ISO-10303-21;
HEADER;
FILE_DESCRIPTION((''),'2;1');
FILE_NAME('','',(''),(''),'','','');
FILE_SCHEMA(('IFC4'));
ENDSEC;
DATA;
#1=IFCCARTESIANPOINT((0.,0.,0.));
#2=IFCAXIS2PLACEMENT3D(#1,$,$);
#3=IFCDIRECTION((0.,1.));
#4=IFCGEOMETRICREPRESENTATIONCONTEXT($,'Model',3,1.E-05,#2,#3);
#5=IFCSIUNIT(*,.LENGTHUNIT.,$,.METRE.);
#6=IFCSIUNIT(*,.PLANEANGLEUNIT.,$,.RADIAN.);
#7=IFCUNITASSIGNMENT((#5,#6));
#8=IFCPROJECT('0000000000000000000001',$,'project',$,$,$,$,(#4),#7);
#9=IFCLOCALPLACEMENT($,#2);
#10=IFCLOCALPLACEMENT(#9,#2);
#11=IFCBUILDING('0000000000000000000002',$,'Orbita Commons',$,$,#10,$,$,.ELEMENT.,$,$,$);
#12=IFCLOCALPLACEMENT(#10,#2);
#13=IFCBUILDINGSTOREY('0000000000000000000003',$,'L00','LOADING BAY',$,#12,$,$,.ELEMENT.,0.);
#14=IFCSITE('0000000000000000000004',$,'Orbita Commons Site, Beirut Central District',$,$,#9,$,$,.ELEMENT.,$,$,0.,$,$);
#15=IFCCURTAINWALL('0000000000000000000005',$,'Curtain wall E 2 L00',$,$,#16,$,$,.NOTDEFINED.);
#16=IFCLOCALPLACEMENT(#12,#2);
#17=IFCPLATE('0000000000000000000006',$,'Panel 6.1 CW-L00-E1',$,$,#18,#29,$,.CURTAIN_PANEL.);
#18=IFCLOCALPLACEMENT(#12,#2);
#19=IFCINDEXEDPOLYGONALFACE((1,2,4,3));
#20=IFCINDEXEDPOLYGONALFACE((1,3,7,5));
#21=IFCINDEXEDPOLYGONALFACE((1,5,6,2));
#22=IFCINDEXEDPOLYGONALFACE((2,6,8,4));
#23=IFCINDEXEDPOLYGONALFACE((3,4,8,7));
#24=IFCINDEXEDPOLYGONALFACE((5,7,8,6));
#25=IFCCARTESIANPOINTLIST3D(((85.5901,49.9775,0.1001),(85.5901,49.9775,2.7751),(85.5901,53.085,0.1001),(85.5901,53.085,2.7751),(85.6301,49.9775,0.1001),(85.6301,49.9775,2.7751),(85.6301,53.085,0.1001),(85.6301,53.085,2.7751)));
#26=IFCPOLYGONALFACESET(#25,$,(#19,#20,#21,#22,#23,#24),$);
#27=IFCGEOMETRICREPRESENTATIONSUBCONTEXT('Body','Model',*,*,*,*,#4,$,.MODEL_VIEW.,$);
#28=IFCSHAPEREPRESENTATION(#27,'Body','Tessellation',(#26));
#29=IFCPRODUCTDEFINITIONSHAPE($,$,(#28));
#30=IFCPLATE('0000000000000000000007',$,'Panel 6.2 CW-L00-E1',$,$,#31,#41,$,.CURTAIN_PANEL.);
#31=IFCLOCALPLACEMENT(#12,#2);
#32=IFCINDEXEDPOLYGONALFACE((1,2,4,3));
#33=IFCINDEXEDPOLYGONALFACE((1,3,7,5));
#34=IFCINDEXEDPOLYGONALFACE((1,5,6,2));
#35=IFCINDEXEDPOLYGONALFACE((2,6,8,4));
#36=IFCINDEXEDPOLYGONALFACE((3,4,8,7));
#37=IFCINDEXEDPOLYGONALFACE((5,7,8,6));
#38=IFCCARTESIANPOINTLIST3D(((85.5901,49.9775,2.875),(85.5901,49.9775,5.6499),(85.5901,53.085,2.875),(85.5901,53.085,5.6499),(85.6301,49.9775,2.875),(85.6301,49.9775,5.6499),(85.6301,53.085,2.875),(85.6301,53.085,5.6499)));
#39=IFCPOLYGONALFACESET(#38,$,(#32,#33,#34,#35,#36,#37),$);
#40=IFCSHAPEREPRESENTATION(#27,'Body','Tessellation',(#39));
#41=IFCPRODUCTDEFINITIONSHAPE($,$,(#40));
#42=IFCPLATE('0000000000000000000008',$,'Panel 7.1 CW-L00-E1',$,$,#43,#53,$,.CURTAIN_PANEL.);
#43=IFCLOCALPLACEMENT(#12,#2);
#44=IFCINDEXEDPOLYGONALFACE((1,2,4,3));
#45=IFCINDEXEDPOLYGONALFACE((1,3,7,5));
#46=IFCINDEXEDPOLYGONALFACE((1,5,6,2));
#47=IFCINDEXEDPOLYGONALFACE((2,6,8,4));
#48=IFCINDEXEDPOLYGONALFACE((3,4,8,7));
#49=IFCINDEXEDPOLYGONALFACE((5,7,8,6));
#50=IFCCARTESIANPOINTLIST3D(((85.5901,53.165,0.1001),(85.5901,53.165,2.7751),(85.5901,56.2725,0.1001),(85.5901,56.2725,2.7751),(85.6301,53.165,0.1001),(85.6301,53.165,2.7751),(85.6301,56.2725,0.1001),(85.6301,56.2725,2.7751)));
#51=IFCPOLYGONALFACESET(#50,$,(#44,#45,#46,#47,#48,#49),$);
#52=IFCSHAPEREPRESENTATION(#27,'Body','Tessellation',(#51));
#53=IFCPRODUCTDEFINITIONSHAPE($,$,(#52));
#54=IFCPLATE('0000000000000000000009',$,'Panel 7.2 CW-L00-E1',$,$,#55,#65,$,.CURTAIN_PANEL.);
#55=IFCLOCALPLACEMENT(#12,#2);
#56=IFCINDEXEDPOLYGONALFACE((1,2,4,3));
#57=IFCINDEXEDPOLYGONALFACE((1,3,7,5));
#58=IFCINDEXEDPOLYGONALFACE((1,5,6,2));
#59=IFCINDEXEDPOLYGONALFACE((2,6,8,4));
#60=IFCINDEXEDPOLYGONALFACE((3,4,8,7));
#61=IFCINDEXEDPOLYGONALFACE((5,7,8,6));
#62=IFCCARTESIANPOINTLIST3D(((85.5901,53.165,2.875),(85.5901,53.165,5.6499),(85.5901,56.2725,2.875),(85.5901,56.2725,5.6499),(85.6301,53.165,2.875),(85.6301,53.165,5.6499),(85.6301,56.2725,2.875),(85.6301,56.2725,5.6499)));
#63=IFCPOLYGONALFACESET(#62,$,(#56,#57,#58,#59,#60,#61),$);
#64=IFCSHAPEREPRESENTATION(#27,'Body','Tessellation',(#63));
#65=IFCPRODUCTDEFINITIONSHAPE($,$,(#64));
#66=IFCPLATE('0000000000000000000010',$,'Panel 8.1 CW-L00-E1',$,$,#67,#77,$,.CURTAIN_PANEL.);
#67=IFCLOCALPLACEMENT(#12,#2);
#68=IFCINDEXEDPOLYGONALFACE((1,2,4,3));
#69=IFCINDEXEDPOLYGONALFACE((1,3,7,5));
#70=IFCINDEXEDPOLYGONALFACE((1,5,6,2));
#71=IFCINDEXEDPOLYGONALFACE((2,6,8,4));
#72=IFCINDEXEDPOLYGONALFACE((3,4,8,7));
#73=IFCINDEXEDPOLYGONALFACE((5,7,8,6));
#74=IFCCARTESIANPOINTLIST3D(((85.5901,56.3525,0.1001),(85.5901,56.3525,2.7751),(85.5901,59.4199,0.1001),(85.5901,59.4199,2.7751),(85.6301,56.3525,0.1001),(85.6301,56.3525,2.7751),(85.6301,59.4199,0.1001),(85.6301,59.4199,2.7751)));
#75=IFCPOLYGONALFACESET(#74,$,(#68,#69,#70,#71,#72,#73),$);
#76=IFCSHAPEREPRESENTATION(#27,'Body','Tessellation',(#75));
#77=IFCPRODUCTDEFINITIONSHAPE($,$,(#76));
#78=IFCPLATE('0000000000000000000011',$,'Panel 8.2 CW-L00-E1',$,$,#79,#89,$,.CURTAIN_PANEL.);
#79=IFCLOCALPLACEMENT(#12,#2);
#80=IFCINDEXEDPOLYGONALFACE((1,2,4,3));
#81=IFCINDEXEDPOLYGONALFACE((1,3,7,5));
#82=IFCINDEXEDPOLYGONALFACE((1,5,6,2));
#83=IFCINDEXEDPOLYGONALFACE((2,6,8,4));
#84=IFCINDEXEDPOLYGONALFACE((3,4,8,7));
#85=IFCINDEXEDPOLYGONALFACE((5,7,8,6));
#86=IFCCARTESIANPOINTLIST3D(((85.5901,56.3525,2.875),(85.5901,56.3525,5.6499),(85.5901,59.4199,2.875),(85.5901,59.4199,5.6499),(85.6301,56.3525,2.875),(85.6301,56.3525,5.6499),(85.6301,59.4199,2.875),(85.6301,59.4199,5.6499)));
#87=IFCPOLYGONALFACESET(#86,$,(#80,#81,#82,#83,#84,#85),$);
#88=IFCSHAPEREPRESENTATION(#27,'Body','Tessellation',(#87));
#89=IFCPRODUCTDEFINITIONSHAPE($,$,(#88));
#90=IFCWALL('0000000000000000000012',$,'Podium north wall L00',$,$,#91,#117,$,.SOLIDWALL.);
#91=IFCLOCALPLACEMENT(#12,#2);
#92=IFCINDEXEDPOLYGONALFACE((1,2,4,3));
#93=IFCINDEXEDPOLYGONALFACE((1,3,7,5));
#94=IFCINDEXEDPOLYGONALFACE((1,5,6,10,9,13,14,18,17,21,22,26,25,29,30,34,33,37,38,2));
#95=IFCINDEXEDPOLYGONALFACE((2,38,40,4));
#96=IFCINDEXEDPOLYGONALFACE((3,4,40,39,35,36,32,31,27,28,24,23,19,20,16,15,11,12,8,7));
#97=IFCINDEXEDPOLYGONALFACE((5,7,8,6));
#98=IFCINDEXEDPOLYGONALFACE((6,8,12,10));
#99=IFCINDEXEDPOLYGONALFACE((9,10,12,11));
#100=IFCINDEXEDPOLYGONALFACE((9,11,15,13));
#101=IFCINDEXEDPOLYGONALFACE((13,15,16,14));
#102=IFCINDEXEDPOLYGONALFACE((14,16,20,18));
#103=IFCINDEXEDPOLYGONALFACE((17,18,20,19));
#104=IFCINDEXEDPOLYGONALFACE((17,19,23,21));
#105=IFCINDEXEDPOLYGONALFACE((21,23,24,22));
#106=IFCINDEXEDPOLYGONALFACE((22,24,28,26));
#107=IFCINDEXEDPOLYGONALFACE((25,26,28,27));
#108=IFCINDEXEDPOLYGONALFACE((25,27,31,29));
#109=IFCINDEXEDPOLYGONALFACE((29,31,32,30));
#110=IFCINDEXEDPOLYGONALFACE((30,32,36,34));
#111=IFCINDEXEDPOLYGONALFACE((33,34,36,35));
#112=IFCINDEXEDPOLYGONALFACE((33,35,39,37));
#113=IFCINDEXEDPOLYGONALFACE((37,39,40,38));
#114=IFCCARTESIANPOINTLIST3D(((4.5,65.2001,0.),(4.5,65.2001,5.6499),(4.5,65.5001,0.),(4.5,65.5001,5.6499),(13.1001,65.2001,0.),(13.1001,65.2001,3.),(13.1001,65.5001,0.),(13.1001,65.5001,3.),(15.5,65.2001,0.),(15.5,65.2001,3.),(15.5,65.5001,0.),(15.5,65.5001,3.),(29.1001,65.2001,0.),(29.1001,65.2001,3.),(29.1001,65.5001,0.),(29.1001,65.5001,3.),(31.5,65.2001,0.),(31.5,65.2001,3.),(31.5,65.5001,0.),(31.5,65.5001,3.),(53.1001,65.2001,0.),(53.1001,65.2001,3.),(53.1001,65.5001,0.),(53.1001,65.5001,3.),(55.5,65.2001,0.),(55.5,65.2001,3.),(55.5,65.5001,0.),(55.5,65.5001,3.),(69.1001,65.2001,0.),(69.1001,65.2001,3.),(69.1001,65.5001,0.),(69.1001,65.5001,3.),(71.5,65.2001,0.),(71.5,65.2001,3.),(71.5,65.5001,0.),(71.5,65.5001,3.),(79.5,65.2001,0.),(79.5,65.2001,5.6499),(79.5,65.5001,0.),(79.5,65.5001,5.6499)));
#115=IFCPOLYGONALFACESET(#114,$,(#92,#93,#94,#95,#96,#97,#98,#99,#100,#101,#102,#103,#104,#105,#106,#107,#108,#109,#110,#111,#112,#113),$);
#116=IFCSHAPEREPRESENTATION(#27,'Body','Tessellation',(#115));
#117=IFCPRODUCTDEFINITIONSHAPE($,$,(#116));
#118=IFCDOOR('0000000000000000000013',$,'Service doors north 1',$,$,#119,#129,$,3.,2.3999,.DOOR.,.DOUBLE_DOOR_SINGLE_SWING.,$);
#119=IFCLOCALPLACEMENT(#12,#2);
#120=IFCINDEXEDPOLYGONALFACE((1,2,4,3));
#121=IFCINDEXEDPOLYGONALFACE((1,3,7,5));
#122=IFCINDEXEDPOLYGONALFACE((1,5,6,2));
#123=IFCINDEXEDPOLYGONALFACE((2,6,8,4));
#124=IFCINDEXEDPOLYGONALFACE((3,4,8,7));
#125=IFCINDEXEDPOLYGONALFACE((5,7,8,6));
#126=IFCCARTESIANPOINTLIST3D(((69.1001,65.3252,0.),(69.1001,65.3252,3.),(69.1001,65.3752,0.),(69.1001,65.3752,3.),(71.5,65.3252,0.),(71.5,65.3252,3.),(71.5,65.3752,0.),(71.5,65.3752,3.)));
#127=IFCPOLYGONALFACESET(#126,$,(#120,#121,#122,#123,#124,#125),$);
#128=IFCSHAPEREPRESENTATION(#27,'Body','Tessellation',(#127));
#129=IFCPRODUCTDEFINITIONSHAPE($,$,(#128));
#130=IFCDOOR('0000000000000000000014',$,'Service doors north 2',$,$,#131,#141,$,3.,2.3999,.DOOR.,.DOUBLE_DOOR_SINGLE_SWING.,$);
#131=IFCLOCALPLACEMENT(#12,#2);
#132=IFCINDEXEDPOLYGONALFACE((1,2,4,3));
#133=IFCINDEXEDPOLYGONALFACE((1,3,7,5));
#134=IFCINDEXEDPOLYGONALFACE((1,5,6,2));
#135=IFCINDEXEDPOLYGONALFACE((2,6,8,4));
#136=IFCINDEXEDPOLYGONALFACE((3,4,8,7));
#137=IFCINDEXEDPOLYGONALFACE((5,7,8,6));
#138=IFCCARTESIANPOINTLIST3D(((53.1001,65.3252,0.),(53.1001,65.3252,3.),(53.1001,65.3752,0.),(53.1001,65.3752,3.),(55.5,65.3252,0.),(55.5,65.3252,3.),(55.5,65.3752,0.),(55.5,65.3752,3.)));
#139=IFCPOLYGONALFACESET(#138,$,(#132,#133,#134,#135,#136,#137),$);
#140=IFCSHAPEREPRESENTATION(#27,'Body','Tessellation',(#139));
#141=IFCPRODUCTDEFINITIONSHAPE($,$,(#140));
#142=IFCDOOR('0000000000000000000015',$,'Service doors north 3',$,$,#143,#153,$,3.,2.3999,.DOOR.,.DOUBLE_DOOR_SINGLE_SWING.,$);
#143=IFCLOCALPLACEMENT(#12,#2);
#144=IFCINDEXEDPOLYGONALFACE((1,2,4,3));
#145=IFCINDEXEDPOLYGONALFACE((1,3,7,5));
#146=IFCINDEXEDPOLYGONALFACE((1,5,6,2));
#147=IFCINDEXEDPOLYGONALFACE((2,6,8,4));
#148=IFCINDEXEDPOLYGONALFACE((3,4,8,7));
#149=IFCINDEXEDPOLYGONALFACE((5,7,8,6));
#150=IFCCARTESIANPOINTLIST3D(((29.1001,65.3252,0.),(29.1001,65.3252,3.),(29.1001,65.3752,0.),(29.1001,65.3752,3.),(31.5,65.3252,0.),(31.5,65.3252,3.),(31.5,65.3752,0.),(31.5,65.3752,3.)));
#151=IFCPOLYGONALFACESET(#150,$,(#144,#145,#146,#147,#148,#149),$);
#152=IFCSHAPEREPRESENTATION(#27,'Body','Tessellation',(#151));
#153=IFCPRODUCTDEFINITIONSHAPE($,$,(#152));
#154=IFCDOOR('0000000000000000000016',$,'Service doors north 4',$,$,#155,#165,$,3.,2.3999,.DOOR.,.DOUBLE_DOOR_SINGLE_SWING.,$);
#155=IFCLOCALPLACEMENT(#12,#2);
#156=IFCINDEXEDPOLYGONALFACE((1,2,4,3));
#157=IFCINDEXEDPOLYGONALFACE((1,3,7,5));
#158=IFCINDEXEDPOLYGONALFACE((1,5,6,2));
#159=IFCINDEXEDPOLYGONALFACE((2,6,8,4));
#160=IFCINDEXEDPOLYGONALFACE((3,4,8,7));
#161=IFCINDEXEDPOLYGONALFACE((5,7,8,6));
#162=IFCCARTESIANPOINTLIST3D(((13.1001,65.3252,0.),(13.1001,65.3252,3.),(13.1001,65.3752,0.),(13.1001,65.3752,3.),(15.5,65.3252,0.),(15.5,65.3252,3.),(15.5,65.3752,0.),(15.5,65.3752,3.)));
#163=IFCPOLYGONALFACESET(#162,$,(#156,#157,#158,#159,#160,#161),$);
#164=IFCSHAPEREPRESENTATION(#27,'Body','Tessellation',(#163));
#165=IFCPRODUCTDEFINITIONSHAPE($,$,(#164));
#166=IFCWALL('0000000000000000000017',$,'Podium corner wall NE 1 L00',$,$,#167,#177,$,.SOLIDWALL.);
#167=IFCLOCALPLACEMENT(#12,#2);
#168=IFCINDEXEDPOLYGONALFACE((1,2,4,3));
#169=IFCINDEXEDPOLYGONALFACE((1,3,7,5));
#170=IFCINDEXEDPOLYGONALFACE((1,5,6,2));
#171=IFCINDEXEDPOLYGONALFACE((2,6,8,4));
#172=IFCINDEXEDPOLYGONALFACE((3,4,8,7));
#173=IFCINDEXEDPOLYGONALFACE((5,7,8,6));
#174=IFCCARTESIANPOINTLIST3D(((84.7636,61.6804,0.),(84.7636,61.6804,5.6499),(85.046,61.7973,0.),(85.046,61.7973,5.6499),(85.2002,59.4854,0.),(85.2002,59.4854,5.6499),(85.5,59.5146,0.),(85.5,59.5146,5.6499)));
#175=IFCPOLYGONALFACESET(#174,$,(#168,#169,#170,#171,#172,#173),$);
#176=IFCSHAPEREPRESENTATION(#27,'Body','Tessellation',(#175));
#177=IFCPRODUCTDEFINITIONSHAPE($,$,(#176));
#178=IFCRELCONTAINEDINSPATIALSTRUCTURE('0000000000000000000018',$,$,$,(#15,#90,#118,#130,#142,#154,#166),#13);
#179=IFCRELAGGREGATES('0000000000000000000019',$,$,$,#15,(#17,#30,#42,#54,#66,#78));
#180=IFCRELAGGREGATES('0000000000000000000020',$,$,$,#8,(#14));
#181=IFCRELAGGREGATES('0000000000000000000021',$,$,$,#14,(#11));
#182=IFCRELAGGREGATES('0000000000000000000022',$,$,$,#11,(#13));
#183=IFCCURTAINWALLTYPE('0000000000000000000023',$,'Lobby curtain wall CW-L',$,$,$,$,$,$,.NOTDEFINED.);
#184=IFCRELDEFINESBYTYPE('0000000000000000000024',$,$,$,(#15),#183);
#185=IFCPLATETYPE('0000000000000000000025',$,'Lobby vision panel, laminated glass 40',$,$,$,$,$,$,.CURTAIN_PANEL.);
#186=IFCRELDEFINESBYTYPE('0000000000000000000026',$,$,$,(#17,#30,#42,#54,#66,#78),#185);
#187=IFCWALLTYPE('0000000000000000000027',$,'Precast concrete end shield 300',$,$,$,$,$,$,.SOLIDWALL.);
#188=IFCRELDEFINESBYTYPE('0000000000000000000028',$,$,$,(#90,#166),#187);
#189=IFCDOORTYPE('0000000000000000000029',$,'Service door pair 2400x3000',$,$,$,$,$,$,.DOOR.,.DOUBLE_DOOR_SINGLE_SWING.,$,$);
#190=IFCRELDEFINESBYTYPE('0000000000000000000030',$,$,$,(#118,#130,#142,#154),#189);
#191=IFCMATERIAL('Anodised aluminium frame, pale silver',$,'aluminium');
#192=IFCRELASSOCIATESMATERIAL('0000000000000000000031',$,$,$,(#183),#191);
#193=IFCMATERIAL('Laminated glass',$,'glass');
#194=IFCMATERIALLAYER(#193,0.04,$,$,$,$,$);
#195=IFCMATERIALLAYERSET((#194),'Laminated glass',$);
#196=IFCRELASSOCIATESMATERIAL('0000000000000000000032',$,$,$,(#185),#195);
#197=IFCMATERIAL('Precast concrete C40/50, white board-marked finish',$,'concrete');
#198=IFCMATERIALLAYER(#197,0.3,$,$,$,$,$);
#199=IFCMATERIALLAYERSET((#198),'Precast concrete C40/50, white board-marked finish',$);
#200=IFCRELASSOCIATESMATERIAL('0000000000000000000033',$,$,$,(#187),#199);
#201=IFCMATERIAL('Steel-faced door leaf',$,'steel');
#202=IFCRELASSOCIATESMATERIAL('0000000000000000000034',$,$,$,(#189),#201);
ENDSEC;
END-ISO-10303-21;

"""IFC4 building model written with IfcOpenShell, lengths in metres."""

from ifc_helpers import new_model, si_unit, direction, frame, frame_2d, origin, origin_2d, place, context, subcontext, project, spatial, polyline, rectangle, outline, extrude, material, layer, layer_set, type_object, element, fill, aggregate, save


model = new_model("IFC4")

# Units and contexts
model_context = context("Model", 3, precision=1e-05, world=origin(), true_north=direction((0.0, 1.0)))
body_context = subcontext(model_context, "Body", "Model", "MODEL_VIEW")
ifc_project = project(units=[si_unit("LENGTHUNIT", "METRE"), si_unit("PLANEANGLEUNIT", "RADIAN")], contexts=[model_context])

# Site, building, storey
site_placement = place(None, origin())
site = spatial("IfcSite", under=ifc_project, at=site_placement, Name="Orbita Commons Site, Beirut Central District", CompositionType="ELEMENT", RefElevation=0.0)
building_placement = place(site_placement, origin())
building = spatial("IfcBuilding", under=site, at=building_placement, Name="Orbita Commons", CompositionType="ELEMENT")
storey_placement = place(building_placement, origin())
storey = spatial("IfcBuildingStorey", under=building, at=storey_placement, Name="L00", Description="LOADING BAY", CompositionType="ELEMENT", Elevation=0.0)

# Curtain wall
ifc_material_1 = material(Name="Anodised aluminium frame, pale silver", Category="aluminium")
curtain_wall_type = type_object("IfcCurtainWallType", Name="Lobby curtain wall CW-L", PredefinedType="NOTDEFINED", material=ifc_material_1)
curtain_wall_placement = place(storey_placement, origin())
curtain_wall = element("IfcCurtainWall", 1, at=curtain_wall_placement, inside=storey, type_object=curtain_wall_type, Name="Curtain wall E 2 L00", PredefinedType="NOTDEFINED")

# Plates
ifc_material_2 = material(Name="Laminated glass", Category="glass")
ifc_layer_1 = layer(ifc_material_2, 0.04)
ifc_layer_set_1 = layer_set([ifc_layer_1], Name="Laminated glass")
plate_type = type_object("IfcPlateType", Name="Lobby vision panel, laminated glass 40", PredefinedType="CURTAIN_PANEL", material=ifc_layer_set_1)
plate_1_placement = place(storey_placement, frame((85.6101, 51.5312, 0.1001), z_axis=(0.0, 0.0, 1.0), x_axis=(0.0, 1.0, 0.0)))
plate_1 = element("IfcPlate", 2, at=plate_1_placement, type_object=plate_type, Name="Panel 6.1 CW-L00-E1", PredefinedType="CURTAIN_PANEL", context=body_context, shape_type="SweptSolid", body=[
    extrude(rectangle(XDim=3.1074, YDim=0.04, at=origin_2d()), origin(), (0.0, 0.0, 1.0), 2.675),
])
plate_2_placement = place(storey_placement, frame((85.6101, 51.5312, 2.875), z_axis=(0.0, 0.0, 1.0), x_axis=(0.0, 1.0, 0.0)))
plate_2 = element("IfcPlate", 3, at=plate_2_placement, type_object=plate_type, Name="Panel 6.2 CW-L00-E1", PredefinedType="CURTAIN_PANEL", context=body_context, shape_type="SweptSolid", body=[
    extrude(rectangle(XDim=3.1074, YDim=0.04, at=origin_2d()), origin(), (0.0, 0.0, 1.0), 2.7749),
])
plate_3_placement = place(storey_placement, frame((85.6101, 54.7188, 0.1001), z_axis=(0.0, 0.0, 1.0), x_axis=(0.0, 1.0, 0.0)))
plate_3 = element("IfcPlate", 4, at=plate_3_placement, type_object=plate_type, Name="Panel 7.1 CW-L00-E1", PredefinedType="CURTAIN_PANEL", context=body_context, shape_type="SweptSolid", body=[
    extrude(rectangle(XDim=3.1074, YDim=0.04, at=origin_2d()), origin(), (0.0, 0.0, 1.0), 2.675),
])
plate_4_placement = place(storey_placement, frame((85.6101, 54.7188, 2.875), z_axis=(0.0, 0.0, 1.0), x_axis=(0.0, 1.0, 0.0)))
plate_4 = element("IfcPlate", 5, at=plate_4_placement, type_object=plate_type, Name="Panel 7.2 CW-L00-E1", PredefinedType="CURTAIN_PANEL", context=body_context, shape_type="SweptSolid", body=[
    extrude(rectangle(XDim=3.1074, YDim=0.04, at=origin_2d()), origin(), (0.0, 0.0, 1.0), 2.7749),
])
plate_5_placement = place(storey_placement, frame((85.6101, 57.8862, 0.1001), z_axis=(0.0, 0.0, 1.0), x_axis=(0.0, 1.0, 0.0)))
plate_5 = element("IfcPlate", 6, at=plate_5_placement, type_object=plate_type, Name="Panel 8.1 CW-L00-E1", PredefinedType="CURTAIN_PANEL", context=body_context, shape_type="SweptSolid", body=[
    extrude(rectangle(XDim=3.0674, YDim=0.04, at=origin_2d()), origin(), (0.0, 0.0, 1.0), 2.675),
])
plate_6_placement = place(storey_placement, frame((85.6101, 57.8862, 2.875), z_axis=(0.0, 0.0, 1.0), x_axis=(0.0, 1.0, 0.0)))
plate_6 = element("IfcPlate", 7, at=plate_6_placement, type_object=plate_type, Name="Panel 8.2 CW-L00-E1", PredefinedType="CURTAIN_PANEL", context=body_context, shape_type="SweptSolid", body=[
    extrude(rectangle(XDim=3.0674, YDim=0.04, at=origin_2d()), origin(), (0.0, 0.0, 1.0), 2.7749),
])
aggregate(curtain_wall, [plate_1, plate_2, plate_3, plate_4, plate_5, plate_6])

# Wall, openings, doors
ifc_material_3 = material(Name="Precast concrete C40/50, white board-marked finish", Category="concrete")
ifc_layer_2 = layer(ifc_material_3, 0.3)
ifc_layer_set_2 = layer_set([ifc_layer_2], Name="Precast concrete C40/50, white board-marked finish")
wall_type = type_object("IfcWallType", Name="Precast concrete end shield 300", PredefinedType="SOLIDWALL", material=ifc_layer_set_2)
wall_1_placement = place(storey_placement, frame((79.5, 65.3501, 0.0), z_axis=(0.0, 0.0, 1.0), x_axis=(-1.0, 0.0, 0.0)))
wall_1 = element("IfcWall", 8, at=wall_1_placement, inside=storey, type_object=wall_type, Name="Podium north wall L00", PredefinedType="SOLIDWALL", context=body_context, shape_type="SweptSolid", body=[
    extrude(rectangle(XDim=75.0, YDim=0.3, at=frame_2d((37.5, 0.0))), origin(), (0.0, 0.0, 1.0), 5.6499),
])
opening_1_placement = place(wall_1_placement, frame((8.0, 0.0, 0.0)))
opening_1 = element("IfcOpeningElement", 9, at=opening_1_placement, cuts=wall_1, PredefinedType="OPENING", context=body_context, shape_type="SweptSolid", body=[
    extrude(rectangle(XDim=2.3999, YDim=3.0, at=frame_2d((1.2, 1.5))), frame((0.0, 0.1599, 0.0), z_axis=(0.0, -1.0, 0.0), x_axis=(1.0, 0.0, 0.0)), (0.0, 0.0, 1.0), 0.3201),
])
opening_2_placement = place(wall_1_placement, frame((24.0, 0.0, 0.0)))
opening_2 = element("IfcOpeningElement", 10, at=opening_2_placement, cuts=wall_1, PredefinedType="OPENING", context=body_context, shape_type="SweptSolid", body=[
    extrude(rectangle(XDim=2.3999, YDim=3.0, at=frame_2d((1.2, 1.5))), frame((0.0, 0.1599, 0.0), z_axis=(0.0, -1.0, 0.0), x_axis=(1.0, 0.0, 0.0)), (0.0, 0.0, 1.0), 0.3201),
])
opening_3_placement = place(wall_1_placement, frame((48.0, 0.0, 0.0)))
opening_3 = element("IfcOpeningElement", 11, at=opening_3_placement, cuts=wall_1, PredefinedType="OPENING", context=body_context, shape_type="SweptSolid", body=[
    extrude(rectangle(XDim=2.3999, YDim=3.0, at=frame_2d((1.2, 1.5))), frame((0.0, 0.1599, 0.0), z_axis=(0.0, -1.0, 0.0), x_axis=(1.0, 0.0, 0.0)), (0.0, 0.0, 1.0), 0.3201),
])
opening_4_placement = place(wall_1_placement, frame((64.0, 0.0, 0.0)))
opening_4 = element("IfcOpeningElement", 12, at=opening_4_placement, cuts=wall_1, PredefinedType="OPENING", context=body_context, shape_type="SweptSolid", body=[
    extrude(rectangle(XDim=2.3999, YDim=3.0, at=frame_2d((1.2, 1.5))), frame((0.0, 0.1599, 0.0), z_axis=(0.0, -1.0, 0.0), x_axis=(1.0, 0.0, 0.0)), (0.0, 0.0, 1.0), 0.3201),
])
ifc_material_4 = material(Name="Steel-faced door leaf", Category="steel")
door_type = type_object("IfcDoorType", Name="Service door pair 2400x3000", OperationType="DOUBLE_DOOR_SINGLE_SWING", PredefinedType="DOOR", material=ifc_material_4)
door_1_placement = place(opening_1_placement, origin())
door_1 = element("IfcDoor", 13, at=door_1_placement, inside=storey, type_object=door_type, Name="Service doors north 1", OperationType="DOUBLE_DOOR_SINGLE_SWING", OverallHeight=3.0, OverallWidth=2.3999, PredefinedType="DOOR", context=body_context, shape_type="SweptSolid", body=[
    extrude(rectangle(XDim=2.3999, YDim=3.0, at=frame_2d((1.2, 1.5))), frame((0.0, 0.0249, 0.0), z_axis=(0.0, -1.0, 0.0), x_axis=(1.0, 0.0, 0.0)), (0.0, 0.0, 1.0), 0.05),
])
fill(opening_1, door_1)
door_2_placement = place(opening_2_placement, origin())
door_2 = element("IfcDoor", 14, at=door_2_placement, inside=storey, type_object=door_type, Name="Service doors north 2", OperationType="DOUBLE_DOOR_SINGLE_SWING", OverallHeight=3.0, OverallWidth=2.3999, PredefinedType="DOOR", context=body_context, shape_type="SweptSolid", body=[
    extrude(rectangle(XDim=2.3999, YDim=3.0, at=frame_2d((1.2, 1.5))), frame((0.0, 0.0249, 0.0), z_axis=(0.0, -1.0, 0.0), x_axis=(1.0, 0.0, 0.0)), (0.0, 0.0, 1.0), 0.05),
])
fill(opening_2, door_2)
door_3_placement = place(opening_3_placement, origin())
door_3 = element("IfcDoor", 15, at=door_3_placement, inside=storey, type_object=door_type, Name="Service doors north 3", OperationType="DOUBLE_DOOR_SINGLE_SWING", OverallHeight=3.0, OverallWidth=2.3999, PredefinedType="DOOR", context=body_context, shape_type="SweptSolid", body=[
    extrude(rectangle(XDim=2.3999, YDim=3.0, at=frame_2d((1.2, 1.5))), frame((0.0, 0.0249, 0.0), z_axis=(0.0, -1.0, 0.0), x_axis=(1.0, 0.0, 0.0)), (0.0, 0.0, 1.0), 0.05),
])
fill(opening_3, door_3)
door_4_placement = place(opening_4_placement, origin())
door_4 = element("IfcDoor", 16, at=door_4_placement, inside=storey, type_object=door_type, Name="Service doors north 4", OperationType="DOUBLE_DOOR_SINGLE_SWING", OverallHeight=3.0, OverallWidth=2.3999, PredefinedType="DOOR", context=body_context, shape_type="SweptSolid", body=[
    extrude(rectangle(XDim=2.3999, YDim=3.0, at=frame_2d((1.2, 1.5))), frame((0.0, 0.0249, 0.0), z_axis=(0.0, -1.0, 0.0), x_axis=(1.0, 0.0, 0.0)), (0.0, 0.0, 1.0), 0.05),
])
fill(opening_4, door_4)

# Wall
wall_2_placement = place(storey_placement, frame((85.3501, 59.5, 0.0), z_axis=(0.0, 0.0, 1.0), x_axis=(-0.195088, 0.980786, 0.0)))
element("IfcWall", 17, at=wall_2_placement, inside=storey, type_object=wall_type, Name="Podium corner wall NE 1 L00", PredefinedType="SOLIDWALL", context=body_context, shape_type="SweptSolid", body=[
    extrude(outline(polyline([(-0.0149, -0.1499), (2.3125, -0.1499), (2.2529, 0.1499), (0.0149, 0.1499), (-0.0149, -0.1499)])), origin(), (0.0, 0.0, 1.0), 5.6499),
])

save(model, "model.ifc")
